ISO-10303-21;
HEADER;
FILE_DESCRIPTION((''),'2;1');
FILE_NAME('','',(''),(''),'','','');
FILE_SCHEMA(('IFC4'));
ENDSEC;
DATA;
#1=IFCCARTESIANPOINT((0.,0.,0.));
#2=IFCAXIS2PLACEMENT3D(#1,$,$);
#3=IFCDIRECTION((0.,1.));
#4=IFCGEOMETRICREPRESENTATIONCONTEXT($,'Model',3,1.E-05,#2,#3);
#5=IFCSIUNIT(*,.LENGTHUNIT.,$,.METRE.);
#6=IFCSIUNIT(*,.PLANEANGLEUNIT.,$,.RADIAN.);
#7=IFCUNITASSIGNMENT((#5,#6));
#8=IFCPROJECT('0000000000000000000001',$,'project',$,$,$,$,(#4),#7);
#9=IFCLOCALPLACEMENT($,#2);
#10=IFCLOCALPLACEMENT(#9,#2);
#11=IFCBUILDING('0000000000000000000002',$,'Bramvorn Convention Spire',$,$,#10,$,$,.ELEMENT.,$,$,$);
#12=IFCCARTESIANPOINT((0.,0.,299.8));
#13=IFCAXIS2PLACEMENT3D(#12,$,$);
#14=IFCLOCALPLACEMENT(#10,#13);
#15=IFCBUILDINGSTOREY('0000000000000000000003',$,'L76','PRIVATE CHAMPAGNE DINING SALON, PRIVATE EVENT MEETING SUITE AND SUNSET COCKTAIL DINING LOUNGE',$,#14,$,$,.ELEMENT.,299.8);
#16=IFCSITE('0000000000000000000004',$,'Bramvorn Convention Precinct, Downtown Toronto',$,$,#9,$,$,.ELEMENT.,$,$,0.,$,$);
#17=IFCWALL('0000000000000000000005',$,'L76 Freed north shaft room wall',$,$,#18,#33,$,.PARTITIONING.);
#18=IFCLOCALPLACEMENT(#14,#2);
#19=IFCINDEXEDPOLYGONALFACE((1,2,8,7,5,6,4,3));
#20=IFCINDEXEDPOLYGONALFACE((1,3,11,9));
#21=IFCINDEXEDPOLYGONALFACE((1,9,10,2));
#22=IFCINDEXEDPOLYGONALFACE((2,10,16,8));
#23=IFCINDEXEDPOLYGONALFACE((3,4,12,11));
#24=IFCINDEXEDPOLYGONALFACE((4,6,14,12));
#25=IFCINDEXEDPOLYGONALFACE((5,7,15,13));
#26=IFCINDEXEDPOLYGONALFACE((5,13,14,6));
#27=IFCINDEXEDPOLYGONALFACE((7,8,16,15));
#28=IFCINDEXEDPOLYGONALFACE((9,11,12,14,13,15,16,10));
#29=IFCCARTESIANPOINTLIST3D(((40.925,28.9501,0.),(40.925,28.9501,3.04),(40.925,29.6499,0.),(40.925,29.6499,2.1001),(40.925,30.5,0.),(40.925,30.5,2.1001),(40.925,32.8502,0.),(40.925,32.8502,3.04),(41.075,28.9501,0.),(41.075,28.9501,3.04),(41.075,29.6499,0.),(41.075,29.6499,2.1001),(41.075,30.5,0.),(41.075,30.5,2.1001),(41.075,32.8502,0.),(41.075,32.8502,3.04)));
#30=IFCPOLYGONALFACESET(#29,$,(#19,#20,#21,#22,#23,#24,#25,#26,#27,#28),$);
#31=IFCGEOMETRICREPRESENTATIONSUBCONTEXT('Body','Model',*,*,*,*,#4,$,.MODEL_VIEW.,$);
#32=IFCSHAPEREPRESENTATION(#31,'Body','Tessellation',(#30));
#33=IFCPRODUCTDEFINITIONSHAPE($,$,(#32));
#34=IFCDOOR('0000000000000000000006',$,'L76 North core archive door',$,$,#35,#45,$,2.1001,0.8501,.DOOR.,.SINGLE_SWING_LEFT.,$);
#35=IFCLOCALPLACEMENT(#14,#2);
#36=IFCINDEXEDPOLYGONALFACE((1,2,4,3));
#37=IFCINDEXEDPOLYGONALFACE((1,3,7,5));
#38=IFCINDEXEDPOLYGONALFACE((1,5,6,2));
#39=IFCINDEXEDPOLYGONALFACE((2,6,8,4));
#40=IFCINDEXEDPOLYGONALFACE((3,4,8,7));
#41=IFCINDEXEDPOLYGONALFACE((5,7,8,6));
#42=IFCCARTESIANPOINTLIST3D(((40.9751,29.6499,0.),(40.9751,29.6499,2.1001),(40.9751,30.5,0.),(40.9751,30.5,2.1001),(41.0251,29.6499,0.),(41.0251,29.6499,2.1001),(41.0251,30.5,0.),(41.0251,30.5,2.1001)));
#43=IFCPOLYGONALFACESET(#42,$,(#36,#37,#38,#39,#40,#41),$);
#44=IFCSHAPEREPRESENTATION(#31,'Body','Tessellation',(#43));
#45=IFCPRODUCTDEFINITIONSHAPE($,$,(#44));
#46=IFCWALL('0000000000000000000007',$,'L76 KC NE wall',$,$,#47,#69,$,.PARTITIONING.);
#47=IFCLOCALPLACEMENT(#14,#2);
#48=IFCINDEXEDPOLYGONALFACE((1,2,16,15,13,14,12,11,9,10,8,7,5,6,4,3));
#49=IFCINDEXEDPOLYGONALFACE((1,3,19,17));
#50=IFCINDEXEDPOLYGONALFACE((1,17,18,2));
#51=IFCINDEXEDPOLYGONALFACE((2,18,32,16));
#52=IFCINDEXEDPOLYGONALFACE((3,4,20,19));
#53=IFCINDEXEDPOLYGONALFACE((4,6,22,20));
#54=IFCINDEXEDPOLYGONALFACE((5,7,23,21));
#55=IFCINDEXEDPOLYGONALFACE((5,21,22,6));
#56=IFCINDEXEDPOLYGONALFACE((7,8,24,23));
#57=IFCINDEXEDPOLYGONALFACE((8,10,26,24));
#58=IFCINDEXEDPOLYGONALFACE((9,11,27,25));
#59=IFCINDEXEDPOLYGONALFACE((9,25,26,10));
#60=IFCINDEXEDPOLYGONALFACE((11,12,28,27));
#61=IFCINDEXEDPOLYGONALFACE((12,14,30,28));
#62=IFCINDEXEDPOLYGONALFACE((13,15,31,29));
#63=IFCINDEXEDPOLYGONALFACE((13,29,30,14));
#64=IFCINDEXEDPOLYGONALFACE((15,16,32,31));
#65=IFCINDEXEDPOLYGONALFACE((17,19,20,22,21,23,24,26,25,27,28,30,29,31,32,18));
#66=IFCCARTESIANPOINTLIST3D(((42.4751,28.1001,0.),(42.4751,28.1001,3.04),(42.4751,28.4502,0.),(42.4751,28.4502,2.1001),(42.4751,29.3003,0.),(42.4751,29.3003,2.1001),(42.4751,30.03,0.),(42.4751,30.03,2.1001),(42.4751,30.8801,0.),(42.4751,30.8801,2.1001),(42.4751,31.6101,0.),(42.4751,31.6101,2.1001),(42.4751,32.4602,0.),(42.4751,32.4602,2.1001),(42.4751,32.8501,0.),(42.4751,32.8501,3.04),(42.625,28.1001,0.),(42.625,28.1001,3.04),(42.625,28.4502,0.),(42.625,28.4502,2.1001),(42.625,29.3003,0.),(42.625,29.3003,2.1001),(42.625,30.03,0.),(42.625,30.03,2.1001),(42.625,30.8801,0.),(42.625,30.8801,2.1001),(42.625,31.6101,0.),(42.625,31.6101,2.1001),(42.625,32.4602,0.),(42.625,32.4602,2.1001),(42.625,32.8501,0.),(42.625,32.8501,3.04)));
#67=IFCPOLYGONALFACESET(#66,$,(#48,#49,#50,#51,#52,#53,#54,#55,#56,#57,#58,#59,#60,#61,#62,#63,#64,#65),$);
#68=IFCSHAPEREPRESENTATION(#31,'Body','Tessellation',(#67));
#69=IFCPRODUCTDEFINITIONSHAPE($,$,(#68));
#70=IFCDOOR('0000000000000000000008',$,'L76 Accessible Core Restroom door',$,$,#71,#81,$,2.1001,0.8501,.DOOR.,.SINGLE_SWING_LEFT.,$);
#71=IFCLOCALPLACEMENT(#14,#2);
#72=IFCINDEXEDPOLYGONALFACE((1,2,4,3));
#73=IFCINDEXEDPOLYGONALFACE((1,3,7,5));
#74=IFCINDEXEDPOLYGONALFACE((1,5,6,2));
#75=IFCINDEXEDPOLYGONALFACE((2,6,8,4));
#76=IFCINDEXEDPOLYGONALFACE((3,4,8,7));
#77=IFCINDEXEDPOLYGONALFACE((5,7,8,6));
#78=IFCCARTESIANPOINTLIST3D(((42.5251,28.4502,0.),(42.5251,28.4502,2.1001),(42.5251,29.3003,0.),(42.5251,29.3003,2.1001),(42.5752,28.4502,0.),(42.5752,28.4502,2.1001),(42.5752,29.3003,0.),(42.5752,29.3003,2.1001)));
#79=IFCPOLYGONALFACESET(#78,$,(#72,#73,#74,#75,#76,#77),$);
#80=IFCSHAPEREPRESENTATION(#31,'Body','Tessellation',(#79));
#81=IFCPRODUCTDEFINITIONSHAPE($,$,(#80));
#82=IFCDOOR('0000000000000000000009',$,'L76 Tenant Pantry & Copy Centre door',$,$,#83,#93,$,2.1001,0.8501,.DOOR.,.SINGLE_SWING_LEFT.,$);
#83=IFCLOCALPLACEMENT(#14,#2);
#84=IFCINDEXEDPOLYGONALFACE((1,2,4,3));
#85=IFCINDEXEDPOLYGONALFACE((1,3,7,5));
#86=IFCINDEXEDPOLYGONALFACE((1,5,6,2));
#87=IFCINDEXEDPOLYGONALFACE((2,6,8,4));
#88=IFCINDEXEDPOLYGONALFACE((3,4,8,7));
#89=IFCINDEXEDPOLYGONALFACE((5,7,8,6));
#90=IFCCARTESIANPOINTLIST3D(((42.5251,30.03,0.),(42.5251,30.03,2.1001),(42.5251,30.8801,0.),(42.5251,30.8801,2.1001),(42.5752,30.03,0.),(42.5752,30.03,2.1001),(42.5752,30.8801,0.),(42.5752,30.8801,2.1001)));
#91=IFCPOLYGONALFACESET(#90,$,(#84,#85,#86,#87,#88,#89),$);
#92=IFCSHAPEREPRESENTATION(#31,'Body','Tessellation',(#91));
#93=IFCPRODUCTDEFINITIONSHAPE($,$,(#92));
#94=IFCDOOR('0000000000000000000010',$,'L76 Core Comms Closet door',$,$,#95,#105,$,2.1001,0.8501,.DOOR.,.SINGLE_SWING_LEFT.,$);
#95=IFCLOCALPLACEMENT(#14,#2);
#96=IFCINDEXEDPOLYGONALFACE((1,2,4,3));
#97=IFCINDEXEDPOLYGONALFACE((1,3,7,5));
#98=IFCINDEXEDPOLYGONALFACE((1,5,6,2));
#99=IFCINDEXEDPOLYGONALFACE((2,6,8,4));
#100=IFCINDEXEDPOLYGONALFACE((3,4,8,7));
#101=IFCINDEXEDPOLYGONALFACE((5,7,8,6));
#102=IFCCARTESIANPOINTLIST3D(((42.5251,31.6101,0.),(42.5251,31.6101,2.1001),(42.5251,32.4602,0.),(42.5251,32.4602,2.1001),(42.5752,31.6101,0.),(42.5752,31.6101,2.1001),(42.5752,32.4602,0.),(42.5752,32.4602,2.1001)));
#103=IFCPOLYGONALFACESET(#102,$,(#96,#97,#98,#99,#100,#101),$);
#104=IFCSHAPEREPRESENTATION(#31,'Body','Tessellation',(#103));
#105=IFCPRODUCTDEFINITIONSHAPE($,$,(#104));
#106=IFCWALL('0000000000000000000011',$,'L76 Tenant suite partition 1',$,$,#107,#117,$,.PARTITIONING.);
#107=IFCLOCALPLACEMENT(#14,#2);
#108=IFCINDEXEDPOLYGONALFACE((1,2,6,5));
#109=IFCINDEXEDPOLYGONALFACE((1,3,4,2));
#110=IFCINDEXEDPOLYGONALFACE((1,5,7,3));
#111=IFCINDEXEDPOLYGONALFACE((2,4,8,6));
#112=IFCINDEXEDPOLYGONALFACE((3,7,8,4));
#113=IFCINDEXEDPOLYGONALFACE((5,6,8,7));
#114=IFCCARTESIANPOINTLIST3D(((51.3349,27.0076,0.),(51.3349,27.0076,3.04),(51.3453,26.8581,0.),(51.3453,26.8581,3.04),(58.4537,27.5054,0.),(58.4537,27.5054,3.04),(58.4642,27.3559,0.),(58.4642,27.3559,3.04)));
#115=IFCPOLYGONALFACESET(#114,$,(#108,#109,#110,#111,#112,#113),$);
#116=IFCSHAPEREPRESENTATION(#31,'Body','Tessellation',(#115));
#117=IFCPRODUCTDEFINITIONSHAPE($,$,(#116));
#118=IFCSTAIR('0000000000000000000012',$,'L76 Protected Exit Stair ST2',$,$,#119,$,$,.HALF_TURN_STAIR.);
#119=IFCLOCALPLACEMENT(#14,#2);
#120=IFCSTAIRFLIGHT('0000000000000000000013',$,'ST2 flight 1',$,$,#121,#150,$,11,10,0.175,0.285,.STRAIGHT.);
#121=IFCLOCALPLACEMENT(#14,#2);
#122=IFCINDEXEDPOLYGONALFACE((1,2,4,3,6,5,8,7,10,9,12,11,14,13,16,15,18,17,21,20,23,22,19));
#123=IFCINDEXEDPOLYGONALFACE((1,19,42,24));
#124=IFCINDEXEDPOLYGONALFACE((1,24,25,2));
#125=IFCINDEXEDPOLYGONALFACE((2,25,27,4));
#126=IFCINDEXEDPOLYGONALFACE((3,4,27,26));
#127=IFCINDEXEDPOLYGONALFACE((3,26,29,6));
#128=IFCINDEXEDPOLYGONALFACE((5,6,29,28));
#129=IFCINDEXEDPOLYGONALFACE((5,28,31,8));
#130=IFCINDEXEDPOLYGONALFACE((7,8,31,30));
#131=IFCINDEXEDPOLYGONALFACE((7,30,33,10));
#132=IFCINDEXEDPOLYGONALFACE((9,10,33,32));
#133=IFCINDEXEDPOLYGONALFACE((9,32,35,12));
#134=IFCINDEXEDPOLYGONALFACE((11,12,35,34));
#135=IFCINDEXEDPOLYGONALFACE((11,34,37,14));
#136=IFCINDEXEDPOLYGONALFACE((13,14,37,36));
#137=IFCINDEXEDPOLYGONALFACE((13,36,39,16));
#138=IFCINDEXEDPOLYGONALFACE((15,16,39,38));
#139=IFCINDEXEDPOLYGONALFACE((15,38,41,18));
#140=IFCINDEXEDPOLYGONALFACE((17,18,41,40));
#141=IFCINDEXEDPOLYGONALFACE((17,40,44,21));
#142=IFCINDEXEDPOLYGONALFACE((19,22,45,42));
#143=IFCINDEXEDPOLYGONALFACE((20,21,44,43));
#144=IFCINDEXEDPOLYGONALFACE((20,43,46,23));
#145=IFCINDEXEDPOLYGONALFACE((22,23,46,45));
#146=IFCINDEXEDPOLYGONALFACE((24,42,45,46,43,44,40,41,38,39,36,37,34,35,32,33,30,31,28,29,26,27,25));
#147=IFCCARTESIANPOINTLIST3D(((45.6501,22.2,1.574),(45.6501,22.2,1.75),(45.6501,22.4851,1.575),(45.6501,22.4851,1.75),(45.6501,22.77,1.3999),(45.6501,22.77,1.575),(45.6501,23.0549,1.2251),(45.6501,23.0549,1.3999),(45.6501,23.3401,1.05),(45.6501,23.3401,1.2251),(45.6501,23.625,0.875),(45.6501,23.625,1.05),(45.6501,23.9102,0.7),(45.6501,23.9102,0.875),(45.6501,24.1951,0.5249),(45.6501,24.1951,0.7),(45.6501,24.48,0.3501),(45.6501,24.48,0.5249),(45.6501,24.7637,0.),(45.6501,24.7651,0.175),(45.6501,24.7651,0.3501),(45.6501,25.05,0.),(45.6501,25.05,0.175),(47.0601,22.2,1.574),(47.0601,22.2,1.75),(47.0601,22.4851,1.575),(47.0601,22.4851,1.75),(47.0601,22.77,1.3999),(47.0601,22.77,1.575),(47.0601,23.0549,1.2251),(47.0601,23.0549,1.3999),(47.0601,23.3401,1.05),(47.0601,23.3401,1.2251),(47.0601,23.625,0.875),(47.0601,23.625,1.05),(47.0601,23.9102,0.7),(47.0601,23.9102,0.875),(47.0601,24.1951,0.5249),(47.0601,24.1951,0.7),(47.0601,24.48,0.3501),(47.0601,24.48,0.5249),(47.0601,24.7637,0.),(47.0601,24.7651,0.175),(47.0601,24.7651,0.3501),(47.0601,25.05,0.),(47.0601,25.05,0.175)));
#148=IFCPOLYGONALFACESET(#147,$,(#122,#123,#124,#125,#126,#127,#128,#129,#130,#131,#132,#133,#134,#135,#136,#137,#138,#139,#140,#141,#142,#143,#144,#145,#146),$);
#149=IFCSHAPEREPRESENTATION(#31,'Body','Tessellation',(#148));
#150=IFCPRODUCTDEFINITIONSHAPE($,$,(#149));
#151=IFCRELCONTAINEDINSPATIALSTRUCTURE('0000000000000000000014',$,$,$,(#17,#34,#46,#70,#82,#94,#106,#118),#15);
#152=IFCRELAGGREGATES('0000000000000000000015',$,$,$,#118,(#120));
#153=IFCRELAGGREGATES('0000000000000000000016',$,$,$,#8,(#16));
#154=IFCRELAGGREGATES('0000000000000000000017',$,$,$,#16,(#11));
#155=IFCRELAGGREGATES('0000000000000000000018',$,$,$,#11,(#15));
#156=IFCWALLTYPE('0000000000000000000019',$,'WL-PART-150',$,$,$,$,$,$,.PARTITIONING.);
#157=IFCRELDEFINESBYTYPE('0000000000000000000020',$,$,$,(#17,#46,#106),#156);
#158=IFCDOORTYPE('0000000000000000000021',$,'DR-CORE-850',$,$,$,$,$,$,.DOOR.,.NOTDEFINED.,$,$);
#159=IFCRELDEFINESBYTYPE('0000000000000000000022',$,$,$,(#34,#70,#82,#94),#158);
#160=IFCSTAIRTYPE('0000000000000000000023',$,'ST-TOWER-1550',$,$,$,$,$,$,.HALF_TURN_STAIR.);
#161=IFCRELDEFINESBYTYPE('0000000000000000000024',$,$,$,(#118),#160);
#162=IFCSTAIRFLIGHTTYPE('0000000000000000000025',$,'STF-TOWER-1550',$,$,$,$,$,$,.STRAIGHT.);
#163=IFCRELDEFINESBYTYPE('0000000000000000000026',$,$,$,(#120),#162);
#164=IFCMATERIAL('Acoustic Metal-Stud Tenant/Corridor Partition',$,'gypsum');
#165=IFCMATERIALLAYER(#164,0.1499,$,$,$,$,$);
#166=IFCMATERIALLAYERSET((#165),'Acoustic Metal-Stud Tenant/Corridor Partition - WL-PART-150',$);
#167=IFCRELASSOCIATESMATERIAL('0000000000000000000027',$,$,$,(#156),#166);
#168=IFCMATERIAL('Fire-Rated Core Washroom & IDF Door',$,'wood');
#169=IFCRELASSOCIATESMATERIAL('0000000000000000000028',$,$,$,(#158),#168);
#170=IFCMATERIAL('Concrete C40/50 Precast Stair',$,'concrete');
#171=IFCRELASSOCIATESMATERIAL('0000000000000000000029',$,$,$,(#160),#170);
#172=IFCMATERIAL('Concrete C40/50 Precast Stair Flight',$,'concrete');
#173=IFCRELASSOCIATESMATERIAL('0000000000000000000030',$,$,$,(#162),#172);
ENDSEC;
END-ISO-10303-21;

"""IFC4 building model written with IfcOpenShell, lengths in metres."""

from ifc_helpers import new_model, si_unit, direction, frame, frame_2d, origin, place, context, subcontext, project, spatial, polyline, rectangle, outline, extrude, material, layer, layer_set, type_object, element, fill, aggregate, save


model = new_model("IFC4")

# Units and contexts
model_context = context("Model", 3, precision=1e-05, world=origin(), true_north=direction((0.0, 1.0)))
body_context = subcontext(model_context, "Body", "Model", "MODEL_VIEW")
ifc_project = project(units=[si_unit("LENGTHUNIT", "METRE"), si_unit("PLANEANGLEUNIT", "RADIAN")], contexts=[model_context])

# Site, building, storey
site_placement = place(None, origin())
site = spatial("IfcSite", under=ifc_project, at=site_placement, Name="Bramvorn Convention Precinct, Downtown Toronto", CompositionType="ELEMENT", RefElevation=0.0)
building_placement = place(site_placement, origin())
building = spatial("IfcBuilding", under=site, at=building_placement, Name="Bramvorn Convention Spire", CompositionType="ELEMENT")
storey_placement = place(building_placement, frame((0.0, 0.0, 299.8)))
storey = spatial("IfcBuildingStorey", under=building, at=storey_placement, Name="L76", Description="PRIVATE CHAMPAGNE DINING SALON, PRIVATE EVENT MEETING SUITE AND SUNSET COCKTAIL DINING LOUNGE", CompositionType="ELEMENT", Elevation=299.8)

# Wall, opening, door
ifc_material_1 = material(Name="Acoustic Metal-Stud Tenant/Corridor Partition", Category="gypsum")
ifc_layer_1 = layer(ifc_material_1, 0.1499)
ifc_layer_set_1 = layer_set([ifc_layer_1], Name="Acoustic Metal-Stud Tenant/Corridor Partition - WL-PART-150")
wall_type_1 = type_object("IfcWallType", Name="WL-PART-150", PredefinedType="PARTITIONING", material=ifc_layer_set_1)
wall_1_placement = place(storey_placement, frame((41.0, 28.95, 0.0), z_axis=(0.0, 0.0, 1.0), x_axis=(0.0, 1.0, 0.0)))
wall_1 = element("IfcWall", 1, at=wall_1_placement, inside=storey, type_object=wall_type_1, Name="L76 Freed north shaft room wall", PredefinedType="PARTITIONING", context=body_context, shape_type="SweptSolid", body=[
    extrude(rectangle(XDim=3.9001, YDim=0.1499, at=frame_2d((1.9502, 0.0))), origin(), (0.0, 0.0, 1.0), 3.04),
])
opening_1_placement = place(wall_1_placement, frame((0.7, 0.0, 0.0)))
opening_1 = element("IfcOpeningElement", 2, at=opening_1_placement, cuts=wall_1, PredefinedType="OPENING", context=body_context, shape_type="SweptSolid", body=[
    extrude(rectangle(XDim=0.8501, YDim=2.1001, at=frame_2d((0.425, 1.05))), frame((0.0, 0.085, 0.0), z_axis=(0.0, -1.0, 0.0), x_axis=(1.0, 0.0, 0.0)), (0.0, 0.0, 1.0), 0.1699),
])
ifc_material_2 = material(Name="Fire-Rated Core Washroom & IDF Door", Category="wood")
door_type_1 = type_object("IfcDoorType", Name="DR-CORE-850", OperationType="NOTDEFINED", PredefinedType="DOOR", material=ifc_material_2)
door_1_placement = place(opening_1_placement, origin())
door_1 = element("IfcDoor", 3, at=door_1_placement, inside=storey, type_object=door_type_1, Name="L76 North core archive door", OperationType="SINGLE_SWING_LEFT", OverallHeight=2.1001, OverallWidth=0.8501, PredefinedType="DOOR", context=body_context, shape_type="SweptSolid", body=[
    extrude(rectangle(XDim=0.8501, YDim=2.1001, at=frame_2d((0.425, 1.05))), frame((0.0, 0.0249, 0.0), z_axis=(0.0, -1.0, 0.0), x_axis=(1.0, 0.0, 0.0)), (0.0, 0.0, 1.0), 0.05),
])
fill(opening_1, door_1)

# Wall, openings, doors
wall_2_placement = place(storey_placement, frame((42.55, 28.1001, 0.0), z_axis=(0.0, 0.0, 1.0), x_axis=(0.0, 1.0, 0.0)))
wall_2 = element("IfcWall", 4, at=wall_2_placement, inside=storey, type_object=wall_type_1, Name="L76 KC NE wall", PredefinedType="PARTITIONING", context=body_context, shape_type="SweptSolid", body=[
    extrude(rectangle(XDim=4.75, YDim=0.1499, at=frame_2d((2.375, 0.0))), origin(), (0.0, 0.0, 1.0), 3.04),
])
opening_2_placement = place(wall_2_placement, frame((0.3501, 0.0, 0.0)))
opening_2 = element("IfcOpeningElement", 5, at=opening_2_placement, cuts=wall_2, PredefinedType="OPENING", context=body_context, shape_type="SweptSolid", body=[
    extrude(rectangle(XDim=0.8501, YDim=2.1001, at=frame_2d((0.425, 1.05))), frame((0.0, 0.085, 0.0), z_axis=(0.0, -1.0, 0.0), x_axis=(1.0, 0.0, 0.0)), (0.0, 0.0, 1.0), 0.1699),
])
opening_3_placement = place(wall_2_placement, frame((1.9299, 0.0, 0.0)))
opening_3 = element("IfcOpeningElement", 6, at=opening_3_placement, cuts=wall_2, PredefinedType="OPENING", context=body_context, shape_type="SweptSolid", body=[
    extrude(rectangle(XDim=0.8501, YDim=2.1001, at=frame_2d((0.425, 1.05))), frame((0.0, 0.085, 0.0), z_axis=(0.0, -1.0, 0.0), x_axis=(1.0, 0.0, 0.0)), (0.0, 0.0, 1.0), 0.1699),
])
opening_4_placement = place(wall_2_placement, frame((3.51, 0.0, 0.0)))
opening_4 = element("IfcOpeningElement", 7, at=opening_4_placement, cuts=wall_2, PredefinedType="OPENING", context=body_context, shape_type="SweptSolid", body=[
    extrude(rectangle(XDim=0.8501, YDim=2.1001, at=frame_2d((0.425, 1.05))), frame((0.0, 0.085, 0.0), z_axis=(0.0, -1.0, 0.0), x_axis=(1.0, 0.0, 0.0)), (0.0, 0.0, 1.0), 0.1699),
])
door_2_placement = place(opening_2_placement, origin())
door_2 = element("IfcDoor", 8, at=door_2_placement, inside=storey, type_object=door_type_1, Name="L76 Accessible Core Restroom door", OperationType="SINGLE_SWING_LEFT", OverallHeight=2.1001, OverallWidth=0.8501, PredefinedType="DOOR", context=body_context, shape_type="SweptSolid", body=[
    extrude(rectangle(XDim=0.8501, YDim=2.1001, at=frame_2d((0.425, 1.05))), frame((0.0, 0.0249, 0.0), z_axis=(0.0, -1.0, 0.0), x_axis=(1.0, 0.0, 0.0)), (0.0, 0.0, 1.0), 0.05),
])
fill(opening_2, door_2)
door_3_placement = place(opening_3_placement, origin())
door_3 = element("IfcDoor", 9, at=door_3_placement, inside=storey, type_object=door_type_1, Name="L76 Tenant Pantry & Copy Centre door", OperationType="SINGLE_SWING_LEFT", OverallHeight=2.1001, OverallWidth=0.8501, PredefinedType="DOOR", context=body_context, shape_type="SweptSolid", body=[
    extrude(rectangle(XDim=0.8501, YDim=2.1001, at=frame_2d((0.425, 1.05))), frame((0.0, 0.0249, 0.0), z_axis=(0.0, -1.0, 0.0), x_axis=(1.0, 0.0, 0.0)), (0.0, 0.0, 1.0), 0.05),
])
fill(opening_3, door_3)
door_4_placement = place(opening_4_placement, origin())
door_4 = element("IfcDoor", 10, at=door_4_placement, inside=storey, type_object=door_type_1, Name="L76 Core Comms Closet door", OperationType="SINGLE_SWING_LEFT", OverallHeight=2.1001, OverallWidth=0.8501, PredefinedType="DOOR", context=body_context, shape_type="SweptSolid", body=[
    extrude(rectangle(XDim=0.8501, YDim=2.1001, at=frame_2d((0.425, 1.05))), frame((0.0, 0.0249, 0.0), z_axis=(0.0, -1.0, 0.0), x_axis=(1.0, 0.0, 0.0)), (0.0, 0.0, 1.0), 0.05),
])
fill(opening_4, door_4)

# Wall
wall_3_placement = place(storey_placement, frame((51.3401, 26.9329, 0.0), z_axis=(0.0, 0.0, 1.0), x_axis=(0.997564, 0.069757, 0.0)))
element("IfcWall", 11, at=wall_3_placement, inside=storey, type_object=wall_type_1, Name="L76 Tenant suite partition 1", PredefinedType="PARTITIONING", context=body_context, shape_type="SweptSolid", body=[
    extrude(rectangle(XDim=7.1362, YDim=0.1499, at=frame_2d((3.5681, 0.0))), origin(), (0.0, 0.0, 1.0), 3.04),
])

# Stair, stair flight
ifc_material_3 = material(Name="Concrete C40/50 Precast Stair", Category="concrete")
stair_type = type_object("IfcStairType", Name="ST-TOWER-1550", PredefinedType="HALF_TURN_STAIR", material=ifc_material_3)
stair_placement = place(storey_placement, origin())
stair = element("IfcStair", 12, at=stair_placement, inside=storey, type_object=stair_type, Name="L76 Protected Exit Stair ST2", PredefinedType="HALF_TURN_STAIR")
ifc_material_4 = material(Name="Concrete C40/50 Precast Stair Flight", Category="concrete")
stair_flight_type = type_object("IfcStairFlightType", Name="STF-TOWER-1550", PredefinedType="STRAIGHT", material=ifc_material_4)
stair_flight_1_placement = place(storey_placement, frame((46.355, 25.05, 0.0), z_axis=(0.0, 0.0, 1.0), x_axis=(0.0, -1.0, 0.0)))
stair_flight_1 = element("IfcStairFlight", 13, at=stair_flight_1_placement, type_object=stair_flight_type, Name="ST2 flight 1", NumberOfRisers=11, NumberOfTreads=10, PredefinedType="STRAIGHT", RiserHeight=0.175, TreadLength=0.285, context=body_context, shape_type="SweptSolid", body=[
    extrude(outline(polyline([(0.0, 0.0), (0.0, 0.175), (0.2849, 0.175), (0.2849, 0.3501), (0.5701, 0.3501), (0.5701, 0.5249), (0.855, 0.5249), (0.855, 0.7), (1.1399, 0.7), (1.1399, 0.875), (1.425, 0.875), (1.425, 1.05), (1.71, 1.05), (1.71, 1.2251), (1.9951, 1.2251), (1.9951, 1.3999), (2.28, 1.3999), (2.28, 1.575), (2.5649, 1.575), (2.5649, 1.75), (2.8501, 1.75), (2.8501, 1.925), (2.8501, 1.574), (0.2864, 0.0), (0.0, 0.0)])), frame((0.0, 0.7051, 0.0), z_axis=(0.0, -1.0, 0.0), x_axis=(1.0, 0.0, 0.0)), (0.0, 0.0, 1.0), 1.4099),
])
aggregate(stair, [stair_flight_1])

save(model, "model.ifc")
